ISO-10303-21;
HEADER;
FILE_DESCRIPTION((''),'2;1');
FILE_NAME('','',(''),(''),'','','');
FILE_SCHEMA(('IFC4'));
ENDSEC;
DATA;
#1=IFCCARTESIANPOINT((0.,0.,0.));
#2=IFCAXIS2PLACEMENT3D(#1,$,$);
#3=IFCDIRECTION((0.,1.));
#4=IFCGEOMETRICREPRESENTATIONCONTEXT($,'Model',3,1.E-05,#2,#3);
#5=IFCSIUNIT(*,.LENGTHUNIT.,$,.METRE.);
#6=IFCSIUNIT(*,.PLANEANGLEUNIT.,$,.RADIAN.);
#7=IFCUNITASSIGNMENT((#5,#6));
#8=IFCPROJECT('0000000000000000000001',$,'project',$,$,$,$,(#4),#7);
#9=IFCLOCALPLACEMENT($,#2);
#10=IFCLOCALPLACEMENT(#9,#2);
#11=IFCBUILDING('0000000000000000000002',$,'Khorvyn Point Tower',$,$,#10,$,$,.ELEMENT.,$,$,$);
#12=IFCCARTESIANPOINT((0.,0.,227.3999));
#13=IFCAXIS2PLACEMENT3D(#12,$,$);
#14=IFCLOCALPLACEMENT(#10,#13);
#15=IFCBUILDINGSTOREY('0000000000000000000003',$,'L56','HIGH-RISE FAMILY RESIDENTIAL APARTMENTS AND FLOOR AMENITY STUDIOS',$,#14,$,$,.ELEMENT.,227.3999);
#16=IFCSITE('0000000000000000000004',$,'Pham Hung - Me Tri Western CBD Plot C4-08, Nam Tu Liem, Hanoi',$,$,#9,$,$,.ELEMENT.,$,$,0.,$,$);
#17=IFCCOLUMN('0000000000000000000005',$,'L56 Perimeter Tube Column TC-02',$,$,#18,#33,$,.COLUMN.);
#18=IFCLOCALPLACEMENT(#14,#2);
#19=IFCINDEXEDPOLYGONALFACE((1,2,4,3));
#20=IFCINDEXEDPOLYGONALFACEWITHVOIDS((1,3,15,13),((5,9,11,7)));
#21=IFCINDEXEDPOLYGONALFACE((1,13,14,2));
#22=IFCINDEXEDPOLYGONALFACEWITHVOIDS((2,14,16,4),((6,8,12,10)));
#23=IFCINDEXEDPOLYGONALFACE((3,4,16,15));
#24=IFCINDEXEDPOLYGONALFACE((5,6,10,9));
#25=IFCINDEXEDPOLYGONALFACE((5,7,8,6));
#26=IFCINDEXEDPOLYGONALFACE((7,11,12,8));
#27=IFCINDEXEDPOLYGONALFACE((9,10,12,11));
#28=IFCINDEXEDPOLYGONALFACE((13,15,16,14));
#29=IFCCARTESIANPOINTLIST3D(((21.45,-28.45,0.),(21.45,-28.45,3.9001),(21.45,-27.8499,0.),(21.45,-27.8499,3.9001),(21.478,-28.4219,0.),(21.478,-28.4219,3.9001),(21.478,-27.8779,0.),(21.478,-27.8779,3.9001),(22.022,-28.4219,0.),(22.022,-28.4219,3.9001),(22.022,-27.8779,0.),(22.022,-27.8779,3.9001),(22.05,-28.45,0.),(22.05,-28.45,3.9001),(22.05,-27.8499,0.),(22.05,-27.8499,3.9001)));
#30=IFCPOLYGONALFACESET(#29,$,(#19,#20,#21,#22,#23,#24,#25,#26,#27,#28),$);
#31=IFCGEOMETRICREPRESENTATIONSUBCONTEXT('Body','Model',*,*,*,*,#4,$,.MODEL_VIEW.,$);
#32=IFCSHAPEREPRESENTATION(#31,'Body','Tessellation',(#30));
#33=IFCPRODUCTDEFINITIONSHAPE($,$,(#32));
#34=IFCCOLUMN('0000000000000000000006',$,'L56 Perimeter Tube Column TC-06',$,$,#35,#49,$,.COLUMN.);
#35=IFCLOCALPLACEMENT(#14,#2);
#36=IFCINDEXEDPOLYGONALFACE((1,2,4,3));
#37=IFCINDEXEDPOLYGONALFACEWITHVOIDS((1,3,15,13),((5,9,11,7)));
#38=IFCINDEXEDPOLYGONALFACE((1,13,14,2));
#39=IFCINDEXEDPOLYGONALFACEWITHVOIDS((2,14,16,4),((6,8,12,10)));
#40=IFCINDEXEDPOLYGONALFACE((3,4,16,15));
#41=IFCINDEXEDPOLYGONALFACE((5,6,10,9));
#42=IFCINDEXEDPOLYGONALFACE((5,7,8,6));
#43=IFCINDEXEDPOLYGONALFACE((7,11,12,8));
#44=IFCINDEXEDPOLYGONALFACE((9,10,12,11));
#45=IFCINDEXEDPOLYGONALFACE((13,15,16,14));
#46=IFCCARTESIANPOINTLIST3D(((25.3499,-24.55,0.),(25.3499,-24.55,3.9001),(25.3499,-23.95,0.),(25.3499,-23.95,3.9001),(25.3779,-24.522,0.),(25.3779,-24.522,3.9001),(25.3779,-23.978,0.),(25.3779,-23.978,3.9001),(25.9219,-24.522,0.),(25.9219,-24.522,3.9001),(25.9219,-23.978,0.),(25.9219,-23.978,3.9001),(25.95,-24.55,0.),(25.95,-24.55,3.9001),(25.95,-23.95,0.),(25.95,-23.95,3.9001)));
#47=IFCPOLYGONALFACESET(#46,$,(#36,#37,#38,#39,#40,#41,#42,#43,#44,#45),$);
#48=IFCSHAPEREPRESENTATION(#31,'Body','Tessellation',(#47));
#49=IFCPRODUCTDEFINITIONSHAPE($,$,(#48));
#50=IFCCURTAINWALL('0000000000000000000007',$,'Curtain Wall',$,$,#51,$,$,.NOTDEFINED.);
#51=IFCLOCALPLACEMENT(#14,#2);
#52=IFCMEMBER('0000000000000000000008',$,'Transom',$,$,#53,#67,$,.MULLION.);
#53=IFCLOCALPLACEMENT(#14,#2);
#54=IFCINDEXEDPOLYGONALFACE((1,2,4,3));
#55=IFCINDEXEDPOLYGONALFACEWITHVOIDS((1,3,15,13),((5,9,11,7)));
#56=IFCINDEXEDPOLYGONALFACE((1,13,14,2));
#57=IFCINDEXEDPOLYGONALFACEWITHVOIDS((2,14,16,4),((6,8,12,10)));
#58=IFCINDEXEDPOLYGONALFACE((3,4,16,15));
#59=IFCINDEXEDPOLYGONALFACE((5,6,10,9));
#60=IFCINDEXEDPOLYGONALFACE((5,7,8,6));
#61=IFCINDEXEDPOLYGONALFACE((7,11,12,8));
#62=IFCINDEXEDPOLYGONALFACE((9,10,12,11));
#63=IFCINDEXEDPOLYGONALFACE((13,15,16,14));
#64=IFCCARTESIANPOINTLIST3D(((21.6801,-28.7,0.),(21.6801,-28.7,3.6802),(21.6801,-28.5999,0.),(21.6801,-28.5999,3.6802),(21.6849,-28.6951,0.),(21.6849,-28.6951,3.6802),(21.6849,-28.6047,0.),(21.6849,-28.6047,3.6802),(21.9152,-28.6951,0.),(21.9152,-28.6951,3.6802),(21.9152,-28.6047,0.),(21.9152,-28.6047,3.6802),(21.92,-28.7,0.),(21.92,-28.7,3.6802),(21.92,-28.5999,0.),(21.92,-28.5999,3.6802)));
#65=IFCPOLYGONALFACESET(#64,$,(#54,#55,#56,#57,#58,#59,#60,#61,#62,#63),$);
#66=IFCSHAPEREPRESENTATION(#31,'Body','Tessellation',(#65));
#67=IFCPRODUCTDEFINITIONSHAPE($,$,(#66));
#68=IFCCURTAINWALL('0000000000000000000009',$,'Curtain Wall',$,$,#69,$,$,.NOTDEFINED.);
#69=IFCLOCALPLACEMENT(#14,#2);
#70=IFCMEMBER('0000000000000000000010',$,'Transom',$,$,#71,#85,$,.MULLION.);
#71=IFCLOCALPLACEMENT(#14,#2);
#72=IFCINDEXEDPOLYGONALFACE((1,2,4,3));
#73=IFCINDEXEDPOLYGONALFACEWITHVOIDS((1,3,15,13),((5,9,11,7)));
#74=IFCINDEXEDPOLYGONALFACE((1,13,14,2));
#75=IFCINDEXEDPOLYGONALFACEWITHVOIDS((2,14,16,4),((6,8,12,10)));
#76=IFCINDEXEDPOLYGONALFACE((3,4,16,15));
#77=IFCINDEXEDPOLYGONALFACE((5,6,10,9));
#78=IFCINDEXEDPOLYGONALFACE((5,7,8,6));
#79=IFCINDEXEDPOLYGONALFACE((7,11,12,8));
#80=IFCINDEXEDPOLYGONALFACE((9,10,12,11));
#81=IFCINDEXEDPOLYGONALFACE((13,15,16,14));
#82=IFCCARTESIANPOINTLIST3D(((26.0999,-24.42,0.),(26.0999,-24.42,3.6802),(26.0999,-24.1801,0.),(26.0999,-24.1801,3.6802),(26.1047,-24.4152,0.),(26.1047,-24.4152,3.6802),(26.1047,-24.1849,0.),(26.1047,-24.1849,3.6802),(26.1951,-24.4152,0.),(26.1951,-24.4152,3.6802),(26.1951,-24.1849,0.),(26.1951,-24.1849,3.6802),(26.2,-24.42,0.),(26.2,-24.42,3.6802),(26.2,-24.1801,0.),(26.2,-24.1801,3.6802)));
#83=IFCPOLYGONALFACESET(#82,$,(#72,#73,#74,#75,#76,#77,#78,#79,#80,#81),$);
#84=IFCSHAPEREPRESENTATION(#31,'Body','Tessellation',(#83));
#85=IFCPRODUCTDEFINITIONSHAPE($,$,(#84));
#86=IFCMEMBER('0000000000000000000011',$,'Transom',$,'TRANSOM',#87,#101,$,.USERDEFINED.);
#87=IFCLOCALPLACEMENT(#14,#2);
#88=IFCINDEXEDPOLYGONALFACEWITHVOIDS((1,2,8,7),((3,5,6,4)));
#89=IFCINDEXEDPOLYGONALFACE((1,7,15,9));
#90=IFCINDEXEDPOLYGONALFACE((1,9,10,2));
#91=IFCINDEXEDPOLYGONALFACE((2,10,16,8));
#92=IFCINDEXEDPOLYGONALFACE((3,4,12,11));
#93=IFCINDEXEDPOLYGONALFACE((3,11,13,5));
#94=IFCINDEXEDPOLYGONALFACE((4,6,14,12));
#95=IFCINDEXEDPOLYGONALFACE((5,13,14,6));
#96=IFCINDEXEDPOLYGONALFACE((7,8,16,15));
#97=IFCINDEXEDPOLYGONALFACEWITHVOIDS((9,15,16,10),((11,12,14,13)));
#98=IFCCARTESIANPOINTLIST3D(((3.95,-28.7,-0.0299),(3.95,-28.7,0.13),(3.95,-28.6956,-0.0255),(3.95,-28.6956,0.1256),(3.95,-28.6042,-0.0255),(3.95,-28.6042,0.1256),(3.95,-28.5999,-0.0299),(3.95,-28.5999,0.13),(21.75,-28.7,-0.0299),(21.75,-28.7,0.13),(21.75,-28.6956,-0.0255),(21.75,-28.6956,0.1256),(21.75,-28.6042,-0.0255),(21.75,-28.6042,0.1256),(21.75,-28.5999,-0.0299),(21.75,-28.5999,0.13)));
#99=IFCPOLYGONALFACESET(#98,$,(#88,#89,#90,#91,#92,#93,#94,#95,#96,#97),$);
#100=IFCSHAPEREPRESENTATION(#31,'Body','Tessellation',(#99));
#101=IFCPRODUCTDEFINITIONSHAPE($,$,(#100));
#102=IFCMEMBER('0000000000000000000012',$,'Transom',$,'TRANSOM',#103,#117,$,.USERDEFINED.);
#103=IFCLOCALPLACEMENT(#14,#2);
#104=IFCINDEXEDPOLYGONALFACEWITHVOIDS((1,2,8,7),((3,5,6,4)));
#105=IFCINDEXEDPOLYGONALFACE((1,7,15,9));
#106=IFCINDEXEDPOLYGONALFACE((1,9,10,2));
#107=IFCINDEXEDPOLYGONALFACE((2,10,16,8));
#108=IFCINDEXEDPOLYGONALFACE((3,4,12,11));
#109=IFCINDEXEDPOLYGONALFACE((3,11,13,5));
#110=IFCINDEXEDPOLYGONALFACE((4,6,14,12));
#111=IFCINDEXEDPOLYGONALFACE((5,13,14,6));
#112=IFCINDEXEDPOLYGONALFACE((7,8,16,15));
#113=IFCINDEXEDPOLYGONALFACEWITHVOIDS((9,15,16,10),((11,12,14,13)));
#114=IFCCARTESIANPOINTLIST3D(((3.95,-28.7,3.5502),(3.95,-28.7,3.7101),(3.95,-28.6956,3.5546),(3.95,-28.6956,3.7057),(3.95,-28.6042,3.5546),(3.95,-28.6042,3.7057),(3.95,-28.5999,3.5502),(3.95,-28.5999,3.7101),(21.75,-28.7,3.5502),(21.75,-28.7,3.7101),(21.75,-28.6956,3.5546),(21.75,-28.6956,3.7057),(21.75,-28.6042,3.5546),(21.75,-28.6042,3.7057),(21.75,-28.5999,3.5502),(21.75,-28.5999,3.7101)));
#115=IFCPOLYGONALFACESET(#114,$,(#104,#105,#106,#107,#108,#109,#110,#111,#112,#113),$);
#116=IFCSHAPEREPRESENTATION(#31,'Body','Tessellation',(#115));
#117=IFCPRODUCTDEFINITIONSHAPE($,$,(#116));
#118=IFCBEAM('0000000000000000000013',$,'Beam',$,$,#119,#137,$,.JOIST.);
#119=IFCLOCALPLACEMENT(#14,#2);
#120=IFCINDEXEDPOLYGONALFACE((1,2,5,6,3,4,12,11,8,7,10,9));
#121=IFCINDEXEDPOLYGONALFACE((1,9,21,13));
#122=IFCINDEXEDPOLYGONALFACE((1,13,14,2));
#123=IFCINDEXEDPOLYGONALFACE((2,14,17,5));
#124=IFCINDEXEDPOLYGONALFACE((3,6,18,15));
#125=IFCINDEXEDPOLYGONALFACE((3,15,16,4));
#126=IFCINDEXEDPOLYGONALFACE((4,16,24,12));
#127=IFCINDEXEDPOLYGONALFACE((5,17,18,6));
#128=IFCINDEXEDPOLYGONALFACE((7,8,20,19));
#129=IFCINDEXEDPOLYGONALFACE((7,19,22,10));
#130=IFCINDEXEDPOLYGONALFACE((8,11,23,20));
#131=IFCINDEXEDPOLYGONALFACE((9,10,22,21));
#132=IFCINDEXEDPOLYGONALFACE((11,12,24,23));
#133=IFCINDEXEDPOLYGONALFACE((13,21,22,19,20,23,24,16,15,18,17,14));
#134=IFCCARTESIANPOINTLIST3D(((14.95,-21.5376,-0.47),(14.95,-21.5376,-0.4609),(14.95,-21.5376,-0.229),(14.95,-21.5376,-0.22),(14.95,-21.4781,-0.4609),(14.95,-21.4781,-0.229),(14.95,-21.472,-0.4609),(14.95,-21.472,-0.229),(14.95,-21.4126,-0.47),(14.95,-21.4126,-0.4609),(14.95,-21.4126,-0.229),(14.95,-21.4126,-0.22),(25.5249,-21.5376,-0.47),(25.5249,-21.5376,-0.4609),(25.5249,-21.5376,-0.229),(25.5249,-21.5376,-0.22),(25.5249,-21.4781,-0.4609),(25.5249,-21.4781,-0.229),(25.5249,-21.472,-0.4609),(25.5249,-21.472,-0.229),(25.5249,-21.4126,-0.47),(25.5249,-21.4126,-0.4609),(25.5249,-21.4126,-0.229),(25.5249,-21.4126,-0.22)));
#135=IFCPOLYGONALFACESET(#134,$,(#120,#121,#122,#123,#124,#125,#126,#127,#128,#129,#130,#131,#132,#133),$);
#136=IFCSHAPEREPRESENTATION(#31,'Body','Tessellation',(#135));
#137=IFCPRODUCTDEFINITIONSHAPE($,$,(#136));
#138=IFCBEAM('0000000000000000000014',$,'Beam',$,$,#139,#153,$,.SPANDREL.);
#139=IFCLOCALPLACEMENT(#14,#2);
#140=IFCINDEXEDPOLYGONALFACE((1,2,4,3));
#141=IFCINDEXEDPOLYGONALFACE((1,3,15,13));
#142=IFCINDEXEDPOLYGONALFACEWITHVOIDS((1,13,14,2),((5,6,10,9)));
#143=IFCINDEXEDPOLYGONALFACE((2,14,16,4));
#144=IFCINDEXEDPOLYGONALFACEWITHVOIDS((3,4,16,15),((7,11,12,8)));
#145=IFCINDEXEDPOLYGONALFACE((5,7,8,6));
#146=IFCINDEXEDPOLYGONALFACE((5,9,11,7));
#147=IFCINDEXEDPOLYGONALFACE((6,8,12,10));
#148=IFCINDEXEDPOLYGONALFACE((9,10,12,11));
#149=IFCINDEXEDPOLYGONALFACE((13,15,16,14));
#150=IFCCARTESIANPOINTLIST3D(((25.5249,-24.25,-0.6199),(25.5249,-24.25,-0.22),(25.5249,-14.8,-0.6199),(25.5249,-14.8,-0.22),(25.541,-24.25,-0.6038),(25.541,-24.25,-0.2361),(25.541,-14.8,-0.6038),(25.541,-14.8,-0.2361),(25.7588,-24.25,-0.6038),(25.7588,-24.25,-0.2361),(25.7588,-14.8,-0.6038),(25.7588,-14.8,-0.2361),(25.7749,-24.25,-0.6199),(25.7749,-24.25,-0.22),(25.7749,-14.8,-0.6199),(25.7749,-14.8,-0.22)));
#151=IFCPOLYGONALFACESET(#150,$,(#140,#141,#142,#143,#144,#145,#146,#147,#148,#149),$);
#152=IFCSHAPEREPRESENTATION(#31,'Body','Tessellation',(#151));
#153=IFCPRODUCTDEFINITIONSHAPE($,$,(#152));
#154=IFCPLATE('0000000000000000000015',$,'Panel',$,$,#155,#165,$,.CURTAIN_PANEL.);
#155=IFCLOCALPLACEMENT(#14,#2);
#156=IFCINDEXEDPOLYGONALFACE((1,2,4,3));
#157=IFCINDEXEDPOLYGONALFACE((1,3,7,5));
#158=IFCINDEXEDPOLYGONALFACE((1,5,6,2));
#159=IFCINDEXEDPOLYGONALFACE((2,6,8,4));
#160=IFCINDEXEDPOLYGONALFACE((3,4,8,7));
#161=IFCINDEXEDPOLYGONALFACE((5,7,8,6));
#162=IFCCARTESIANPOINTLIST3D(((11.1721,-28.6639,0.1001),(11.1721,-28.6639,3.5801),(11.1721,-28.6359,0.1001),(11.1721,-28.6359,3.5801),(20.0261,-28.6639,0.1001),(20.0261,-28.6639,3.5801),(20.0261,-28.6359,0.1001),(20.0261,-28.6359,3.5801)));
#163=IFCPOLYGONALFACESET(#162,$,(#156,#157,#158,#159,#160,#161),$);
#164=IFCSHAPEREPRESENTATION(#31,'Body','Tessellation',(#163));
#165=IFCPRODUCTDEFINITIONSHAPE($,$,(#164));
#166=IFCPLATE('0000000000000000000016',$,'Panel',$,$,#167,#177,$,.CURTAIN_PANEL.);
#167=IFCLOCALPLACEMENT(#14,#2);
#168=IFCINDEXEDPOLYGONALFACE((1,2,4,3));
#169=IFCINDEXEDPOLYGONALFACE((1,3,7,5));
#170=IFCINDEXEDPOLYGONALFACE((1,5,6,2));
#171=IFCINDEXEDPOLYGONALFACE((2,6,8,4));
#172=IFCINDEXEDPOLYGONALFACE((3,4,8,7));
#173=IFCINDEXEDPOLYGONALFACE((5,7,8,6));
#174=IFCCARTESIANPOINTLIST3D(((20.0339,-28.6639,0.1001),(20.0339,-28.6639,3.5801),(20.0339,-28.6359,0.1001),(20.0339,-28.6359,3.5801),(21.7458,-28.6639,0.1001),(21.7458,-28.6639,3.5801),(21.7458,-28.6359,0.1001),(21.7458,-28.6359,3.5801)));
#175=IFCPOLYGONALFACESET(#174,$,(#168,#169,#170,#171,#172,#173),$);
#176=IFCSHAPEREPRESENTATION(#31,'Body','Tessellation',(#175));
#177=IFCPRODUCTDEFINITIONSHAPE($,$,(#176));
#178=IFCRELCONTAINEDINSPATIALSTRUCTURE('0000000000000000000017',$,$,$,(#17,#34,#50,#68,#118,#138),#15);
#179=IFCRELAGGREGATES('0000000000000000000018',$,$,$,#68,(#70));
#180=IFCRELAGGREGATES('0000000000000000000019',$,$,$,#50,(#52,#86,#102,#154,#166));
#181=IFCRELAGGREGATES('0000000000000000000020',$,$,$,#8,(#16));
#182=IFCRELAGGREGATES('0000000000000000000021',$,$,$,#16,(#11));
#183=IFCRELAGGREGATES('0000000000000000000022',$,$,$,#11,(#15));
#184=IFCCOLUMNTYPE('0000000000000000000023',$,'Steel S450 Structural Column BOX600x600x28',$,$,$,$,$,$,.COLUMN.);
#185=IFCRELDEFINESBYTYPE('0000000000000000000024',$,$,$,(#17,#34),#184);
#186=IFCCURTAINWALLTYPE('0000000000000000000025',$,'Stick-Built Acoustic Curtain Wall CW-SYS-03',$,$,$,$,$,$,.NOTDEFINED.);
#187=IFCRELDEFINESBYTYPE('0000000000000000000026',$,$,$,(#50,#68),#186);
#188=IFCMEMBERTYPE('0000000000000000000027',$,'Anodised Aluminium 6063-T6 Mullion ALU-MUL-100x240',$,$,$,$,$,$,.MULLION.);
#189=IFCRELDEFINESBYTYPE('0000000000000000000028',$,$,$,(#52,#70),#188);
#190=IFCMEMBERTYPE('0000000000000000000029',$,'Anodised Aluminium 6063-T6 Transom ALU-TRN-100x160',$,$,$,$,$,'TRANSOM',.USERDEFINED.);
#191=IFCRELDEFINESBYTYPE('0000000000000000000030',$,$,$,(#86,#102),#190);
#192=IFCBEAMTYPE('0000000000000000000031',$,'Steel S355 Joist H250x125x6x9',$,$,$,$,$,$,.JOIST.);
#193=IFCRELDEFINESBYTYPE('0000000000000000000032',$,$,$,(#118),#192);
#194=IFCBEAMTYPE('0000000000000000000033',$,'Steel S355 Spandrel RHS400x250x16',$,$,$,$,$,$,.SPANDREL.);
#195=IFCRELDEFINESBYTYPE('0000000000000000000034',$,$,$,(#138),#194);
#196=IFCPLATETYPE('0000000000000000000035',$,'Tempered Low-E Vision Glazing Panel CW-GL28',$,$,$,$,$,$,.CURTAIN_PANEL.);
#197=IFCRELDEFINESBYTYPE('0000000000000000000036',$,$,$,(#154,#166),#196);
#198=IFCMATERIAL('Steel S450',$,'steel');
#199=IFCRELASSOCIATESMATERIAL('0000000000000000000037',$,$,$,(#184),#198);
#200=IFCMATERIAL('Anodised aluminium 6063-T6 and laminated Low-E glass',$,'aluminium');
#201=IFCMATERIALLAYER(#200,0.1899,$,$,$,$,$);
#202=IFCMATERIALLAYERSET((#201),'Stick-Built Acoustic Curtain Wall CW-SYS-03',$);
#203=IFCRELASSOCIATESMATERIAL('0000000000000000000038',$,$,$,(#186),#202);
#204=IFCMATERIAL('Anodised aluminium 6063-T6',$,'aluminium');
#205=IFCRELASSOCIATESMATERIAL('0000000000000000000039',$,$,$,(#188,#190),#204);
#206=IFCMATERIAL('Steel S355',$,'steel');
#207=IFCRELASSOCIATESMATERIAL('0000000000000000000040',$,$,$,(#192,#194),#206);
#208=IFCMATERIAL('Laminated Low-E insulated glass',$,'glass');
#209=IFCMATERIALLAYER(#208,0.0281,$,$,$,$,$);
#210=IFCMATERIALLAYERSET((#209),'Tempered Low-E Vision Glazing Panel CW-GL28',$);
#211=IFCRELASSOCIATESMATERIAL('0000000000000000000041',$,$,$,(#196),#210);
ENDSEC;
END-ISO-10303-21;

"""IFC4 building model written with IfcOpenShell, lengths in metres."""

from ifc_helpers import new_model, si_unit, direction, frame, origin, origin_2d, place, context, subcontext, project, spatial, rectangle, hollow_rectangle, i_section, extrude, material, layer, layer_set, material_profile, profile_set, type_object, element, aggregate, save


model = new_model("IFC4")

# Units and contexts
model_context = context("Model", 3, precision=1e-05, world=origin(), true_north=direction((0.0, 1.0)))
body_context = subcontext(model_context, "Body", "Model", "MODEL_VIEW")
ifc_project = project(units=[si_unit("LENGTHUNIT", "METRE"), si_unit("PLANEANGLEUNIT", "RADIAN")], contexts=[model_context])

# Site, building, storey
site_placement = place(None, origin())
site = spatial("IfcSite", under=ifc_project, at=site_placement, Name="Pham Hung - Me Tri Western CBD Plot C4-08, Nam Tu Liem, Hanoi", CompositionType="ELEMENT", RefElevation=0.0)
building_placement = place(site_placement, origin())
building = spatial("IfcBuilding", under=site, at=building_placement, Name="Khorvyn Point Tower", CompositionType="ELEMENT")
storey_placement = place(building_placement, frame((0.0, 0.0, 227.3999)))
storey = spatial("IfcBuildingStorey", under=building, at=storey_placement, Name="L56", Description="HIGH-RISE FAMILY RESIDENTIAL APARTMENTS AND FLOOR AMENITY STUDIOS", CompositionType="ELEMENT", Elevation=227.3999)

# Columns
ifc_material_1 = material(Name="Steel S450", Category="steel")
ifc_material_profile_1 = material_profile(ifc_material_1, hollow_rectangle(XDim=0.6001, YDim=0.6001, WallThickness=0.0281, at=origin_2d()))
ifc_profile_set_1 = profile_set([ifc_material_profile_1], Name="Steel S450 BOX600x600x28")
column_type = type_object("IfcColumnType", Name="Steel S450 Structural Column BOX600x600x28", PredefinedType="COLUMN", material=ifc_profile_set_1)
for number, where, z_axis, x_axis, name in (
    (1, (21.75, -28.1499, 0.0), (0.0, 0.0, 1.0), (1.0, 0.0, 0.0), "L56 Perimeter Tube Column TC-02"),
    (2, (25.6499, -24.25, 0.0), (0.0, 0.0, 1.0), (1.0, 0.0, 0.0), "L56 Perimeter Tube Column TC-06"),
):
    element("IfcColumn", number, at=place(storey_placement, frame(where, z_axis=z_axis, x_axis=x_axis)), inside=storey, type_object=column_type, Name=name, PredefinedType="COLUMN", context=body_context, shape_type="SweptSolid", body=[
        extrude(hollow_rectangle(XDim=0.6001, YDim=0.6001, WallThickness=0.0281, at=origin_2d()), origin(), (0.0, 0.0, 1.0), 3.9001),
    ])

# Curtain walls, members
ifc_material_2 = material(Name="Anodised aluminium 6063-T6 and laminated Low-E glass", Category="aluminium")
ifc_layer_1 = layer(ifc_material_2, 0.1899)
ifc_layer_set_1 = layer_set([ifc_layer_1], Name="Stick-Built Acoustic Curtain Wall CW-SYS-03")
curtain_wall_type = type_object("IfcCurtainWallType", Name="Stick-Built Acoustic Curtain Wall CW-SYS-03", PredefinedType="NOTDEFINED", material=ifc_layer_set_1)
curtain_wall_1_placement = place(storey_placement, origin())
curtain_wall_1 = element("IfcCurtainWall", 3, at=curtain_wall_1_placement, inside=storey, type_object=curtain_wall_type, Name="Curtain Wall", PredefinedType="NOTDEFINED")
ifc_material_3 = material(Name="Anodised aluminium 6063-T6", Category="aluminium")
ifc_material_profile_2 = material_profile(ifc_material_3, hollow_rectangle(XDim=0.1001, YDim=0.24, WallThickness=0.0049, at=origin_2d()))
ifc_profile_set_2 = profile_set([ifc_material_profile_2], Name="Anodised aluminium 6063-T6 ALU-MUL-100x240")
member_type_1 = type_object("IfcMemberType", Name="Anodised Aluminium 6063-T6 Mullion ALU-MUL-100x240", PredefinedType="MULLION", material=ifc_profile_set_2)
member_1_placement = place(storey_placement, frame((21.8, -28.6499, 0.0), z_axis=(0.0, 0.0, 1.0), x_axis=(0.0, -1.0, 0.0)))
member_1 = element("IfcMember", 4, at=member_1_placement, type_object=member_type_1, Name="Transom", PredefinedType="MULLION", context=body_context, shape_type="SweptSolid", body=[
    extrude(hollow_rectangle(XDim=0.1001, YDim=0.24, WallThickness=0.0049, at=origin_2d()), origin(), (0.0, 0.0, 1.0), 3.6802),
])
curtain_wall_2_placement = place(storey_placement, origin())
curtain_wall_2 = element("IfcCurtainWall", 5, at=curtain_wall_2_placement, inside=storey, type_object=curtain_wall_type, Name="Curtain Wall", PredefinedType="NOTDEFINED")
member_2_placement = place(storey_placement, frame((26.1499, -24.3, 0.0), z_axis=(0.0, 0.0, 1.0), x_axis=(1.0, 0.0, 0.0)))
member_2 = element("IfcMember", 6, at=member_2_placement, type_object=member_type_1, Name="Transom", PredefinedType="MULLION", context=body_context, shape_type="SweptSolid", body=[
    extrude(hollow_rectangle(XDim=0.1001, YDim=0.24, WallThickness=0.0049, at=origin_2d()), origin(), (0.0, 0.0, 1.0), 3.6802),
])
aggregate(curtain_wall_2, [member_2])

# Members
ifc_material_profile_3 = material_profile(ifc_material_3, hollow_rectangle(XDim=0.1001, YDim=0.1599, WallThickness=0.0044, at=origin_2d()))
ifc_profile_set_3 = profile_set([ifc_material_profile_3], Name="Anodised aluminium 6063-T6 ALU-TRN-100x160")
member_type_2 = type_object("IfcMemberType", Name="Anodised Aluminium 6063-T6 Transom ALU-TRN-100x160", ElementType="TRANSOM", PredefinedType="USERDEFINED", material=ifc_profile_set_3)
member_3_placement = place(storey_placement, frame((21.75, -28.6499, 0.05), z_axis=(-1.0, 0.0, 0.0), x_axis=(0.0, -1.0, 0.0)))
member_3 = element("IfcMember", 7, at=member_3_placement, type_object=member_type_2, Name="Transom", ObjectType="TRANSOM", PredefinedType="USERDEFINED", context=body_context, shape_type="SweptSolid", body=[
    extrude(hollow_rectangle(XDim=0.1001, YDim=0.1599, WallThickness=0.0044, at=origin_2d()), origin(), (0.0, 0.0, 1.0), 17.8),
])
member_4_placement = place(storey_placement, frame((21.75, -28.6499, 3.6301), z_axis=(-1.0, 0.0, 0.0), x_axis=(0.0, -1.0, 0.0)))
member_4 = element("IfcMember", 8, at=member_4_placement, type_object=member_type_2, Name="Transom", ObjectType="TRANSOM", PredefinedType="USERDEFINED", context=body_context, shape_type="SweptSolid", body=[
    extrude(hollow_rectangle(XDim=0.1001, YDim=0.1599, WallThickness=0.0044, at=origin_2d()), origin(), (0.0, 0.0, 1.0), 17.8),
])

# Beams
ifc_material_4 = material(Name="Steel S355", Category="steel")
ifc_material_profile_4 = material_profile(ifc_material_4, i_section(OverallWidth=0.125, OverallDepth=0.25, WebThickness=0.0061, FlangeThickness=0.009, at=origin_2d()))
ifc_profile_set_4 = profile_set([ifc_material_profile_4], Name="Steel S355 H250x125x6x9")
beam_type_1 = type_object("IfcBeamType", Name="Steel S355 Joist H250x125x6x9", PredefinedType="JOIST", material=ifc_profile_set_4)
beam_1_placement = place(storey_placement, frame((14.95, -21.4751, -0.345), z_axis=(1.0, 0.0, 0.0), x_axis=(0.0, 1.0, 0.0)))
element("IfcBeam", 9, at=beam_1_placement, inside=storey, type_object=beam_type_1, Name="Beam", PredefinedType="JOIST", context=body_context, shape_type="SweptSolid", body=[
    extrude(i_section(OverallWidth=0.125, OverallDepth=0.25, WebThickness=0.0061, FlangeThickness=0.009, at=origin_2d()), origin(), (0.0, 0.0, 1.0), 10.575),
])
ifc_material_profile_5 = material_profile(ifc_material_4, hollow_rectangle(XDim=0.25, YDim=0.3999, WallThickness=0.0161, at=origin_2d()))
ifc_profile_set_5 = profile_set([ifc_material_profile_5], Name="Steel S355 RHS400x250x16")
beam_type_2 = type_object("IfcBeamType", Name="Steel S355 Spandrel RHS400x250x16", PredefinedType="SPANDREL", material=ifc_profile_set_5)
beam_2_placement = place(storey_placement, frame((25.6499, -24.25, -0.4199), z_axis=(0.0, 1.0, 0.0), x_axis=(-1.0, 0.0, 0.0)))
element("IfcBeam", 10, at=beam_2_placement, inside=storey, type_object=beam_type_2, Name="Beam", PredefinedType="SPANDREL", context=body_context, shape_type="SweptSolid", body=[
    extrude(hollow_rectangle(XDim=0.25, YDim=0.3999, WallThickness=0.0161, at=origin_2d()), origin(), (0.0, 0.0, 1.0), 9.45),
])

# Plates
ifc_material_5 = material(Name="Laminated Low-E insulated glass", Category="glass")
ifc_layer_2 = layer(ifc_material_5, 0.0281)
ifc_layer_set_2 = layer_set([ifc_layer_2], Name="Tempered Low-E Vision Glazing Panel CW-GL28")
plate_type = type_object("IfcPlateType", Name="Tempered Low-E Vision Glazing Panel CW-GL28", PredefinedType="CURTAIN_PANEL", material=ifc_layer_set_2)
plate_1_placement = place(storey_placement, frame((15.5991, -28.6499, 0.1001), z_axis=(0.0, 0.0, 1.0), x_axis=(-1.0, 0.0, 0.0)))
plate_1 = element("IfcPlate", 11, at=plate_1_placement, type_object=plate_type, Name="Panel", PredefinedType="CURTAIN_PANEL", context=body_context, shape_type="SweptSolid", body=[
    extrude(rectangle(XDim=8.854, YDim=0.0281, at=origin_2d()), origin(), (0.0, 0.0, 1.0), 3.48),
])
plate_2_placement = place(storey_placement, frame((20.8899, -28.6499, 0.1001), z_axis=(0.0, 0.0, 1.0), x_axis=(-1.0, 0.0, 0.0)))
plate_2 = element("IfcPlate", 12, at=plate_2_placement, type_object=plate_type, Name="Panel", PredefinedType="CURTAIN_PANEL", context=body_context, shape_type="SweptSolid", body=[
    extrude(rectangle(XDim=1.7119, YDim=0.0281, at=origin_2d()), origin(), (0.0, 0.0, 1.0), 3.48),
])
aggregate(curtain_wall_1, [member_1, member_3, member_4, plate_1, plate_2])

save(model, "model.ifc")
